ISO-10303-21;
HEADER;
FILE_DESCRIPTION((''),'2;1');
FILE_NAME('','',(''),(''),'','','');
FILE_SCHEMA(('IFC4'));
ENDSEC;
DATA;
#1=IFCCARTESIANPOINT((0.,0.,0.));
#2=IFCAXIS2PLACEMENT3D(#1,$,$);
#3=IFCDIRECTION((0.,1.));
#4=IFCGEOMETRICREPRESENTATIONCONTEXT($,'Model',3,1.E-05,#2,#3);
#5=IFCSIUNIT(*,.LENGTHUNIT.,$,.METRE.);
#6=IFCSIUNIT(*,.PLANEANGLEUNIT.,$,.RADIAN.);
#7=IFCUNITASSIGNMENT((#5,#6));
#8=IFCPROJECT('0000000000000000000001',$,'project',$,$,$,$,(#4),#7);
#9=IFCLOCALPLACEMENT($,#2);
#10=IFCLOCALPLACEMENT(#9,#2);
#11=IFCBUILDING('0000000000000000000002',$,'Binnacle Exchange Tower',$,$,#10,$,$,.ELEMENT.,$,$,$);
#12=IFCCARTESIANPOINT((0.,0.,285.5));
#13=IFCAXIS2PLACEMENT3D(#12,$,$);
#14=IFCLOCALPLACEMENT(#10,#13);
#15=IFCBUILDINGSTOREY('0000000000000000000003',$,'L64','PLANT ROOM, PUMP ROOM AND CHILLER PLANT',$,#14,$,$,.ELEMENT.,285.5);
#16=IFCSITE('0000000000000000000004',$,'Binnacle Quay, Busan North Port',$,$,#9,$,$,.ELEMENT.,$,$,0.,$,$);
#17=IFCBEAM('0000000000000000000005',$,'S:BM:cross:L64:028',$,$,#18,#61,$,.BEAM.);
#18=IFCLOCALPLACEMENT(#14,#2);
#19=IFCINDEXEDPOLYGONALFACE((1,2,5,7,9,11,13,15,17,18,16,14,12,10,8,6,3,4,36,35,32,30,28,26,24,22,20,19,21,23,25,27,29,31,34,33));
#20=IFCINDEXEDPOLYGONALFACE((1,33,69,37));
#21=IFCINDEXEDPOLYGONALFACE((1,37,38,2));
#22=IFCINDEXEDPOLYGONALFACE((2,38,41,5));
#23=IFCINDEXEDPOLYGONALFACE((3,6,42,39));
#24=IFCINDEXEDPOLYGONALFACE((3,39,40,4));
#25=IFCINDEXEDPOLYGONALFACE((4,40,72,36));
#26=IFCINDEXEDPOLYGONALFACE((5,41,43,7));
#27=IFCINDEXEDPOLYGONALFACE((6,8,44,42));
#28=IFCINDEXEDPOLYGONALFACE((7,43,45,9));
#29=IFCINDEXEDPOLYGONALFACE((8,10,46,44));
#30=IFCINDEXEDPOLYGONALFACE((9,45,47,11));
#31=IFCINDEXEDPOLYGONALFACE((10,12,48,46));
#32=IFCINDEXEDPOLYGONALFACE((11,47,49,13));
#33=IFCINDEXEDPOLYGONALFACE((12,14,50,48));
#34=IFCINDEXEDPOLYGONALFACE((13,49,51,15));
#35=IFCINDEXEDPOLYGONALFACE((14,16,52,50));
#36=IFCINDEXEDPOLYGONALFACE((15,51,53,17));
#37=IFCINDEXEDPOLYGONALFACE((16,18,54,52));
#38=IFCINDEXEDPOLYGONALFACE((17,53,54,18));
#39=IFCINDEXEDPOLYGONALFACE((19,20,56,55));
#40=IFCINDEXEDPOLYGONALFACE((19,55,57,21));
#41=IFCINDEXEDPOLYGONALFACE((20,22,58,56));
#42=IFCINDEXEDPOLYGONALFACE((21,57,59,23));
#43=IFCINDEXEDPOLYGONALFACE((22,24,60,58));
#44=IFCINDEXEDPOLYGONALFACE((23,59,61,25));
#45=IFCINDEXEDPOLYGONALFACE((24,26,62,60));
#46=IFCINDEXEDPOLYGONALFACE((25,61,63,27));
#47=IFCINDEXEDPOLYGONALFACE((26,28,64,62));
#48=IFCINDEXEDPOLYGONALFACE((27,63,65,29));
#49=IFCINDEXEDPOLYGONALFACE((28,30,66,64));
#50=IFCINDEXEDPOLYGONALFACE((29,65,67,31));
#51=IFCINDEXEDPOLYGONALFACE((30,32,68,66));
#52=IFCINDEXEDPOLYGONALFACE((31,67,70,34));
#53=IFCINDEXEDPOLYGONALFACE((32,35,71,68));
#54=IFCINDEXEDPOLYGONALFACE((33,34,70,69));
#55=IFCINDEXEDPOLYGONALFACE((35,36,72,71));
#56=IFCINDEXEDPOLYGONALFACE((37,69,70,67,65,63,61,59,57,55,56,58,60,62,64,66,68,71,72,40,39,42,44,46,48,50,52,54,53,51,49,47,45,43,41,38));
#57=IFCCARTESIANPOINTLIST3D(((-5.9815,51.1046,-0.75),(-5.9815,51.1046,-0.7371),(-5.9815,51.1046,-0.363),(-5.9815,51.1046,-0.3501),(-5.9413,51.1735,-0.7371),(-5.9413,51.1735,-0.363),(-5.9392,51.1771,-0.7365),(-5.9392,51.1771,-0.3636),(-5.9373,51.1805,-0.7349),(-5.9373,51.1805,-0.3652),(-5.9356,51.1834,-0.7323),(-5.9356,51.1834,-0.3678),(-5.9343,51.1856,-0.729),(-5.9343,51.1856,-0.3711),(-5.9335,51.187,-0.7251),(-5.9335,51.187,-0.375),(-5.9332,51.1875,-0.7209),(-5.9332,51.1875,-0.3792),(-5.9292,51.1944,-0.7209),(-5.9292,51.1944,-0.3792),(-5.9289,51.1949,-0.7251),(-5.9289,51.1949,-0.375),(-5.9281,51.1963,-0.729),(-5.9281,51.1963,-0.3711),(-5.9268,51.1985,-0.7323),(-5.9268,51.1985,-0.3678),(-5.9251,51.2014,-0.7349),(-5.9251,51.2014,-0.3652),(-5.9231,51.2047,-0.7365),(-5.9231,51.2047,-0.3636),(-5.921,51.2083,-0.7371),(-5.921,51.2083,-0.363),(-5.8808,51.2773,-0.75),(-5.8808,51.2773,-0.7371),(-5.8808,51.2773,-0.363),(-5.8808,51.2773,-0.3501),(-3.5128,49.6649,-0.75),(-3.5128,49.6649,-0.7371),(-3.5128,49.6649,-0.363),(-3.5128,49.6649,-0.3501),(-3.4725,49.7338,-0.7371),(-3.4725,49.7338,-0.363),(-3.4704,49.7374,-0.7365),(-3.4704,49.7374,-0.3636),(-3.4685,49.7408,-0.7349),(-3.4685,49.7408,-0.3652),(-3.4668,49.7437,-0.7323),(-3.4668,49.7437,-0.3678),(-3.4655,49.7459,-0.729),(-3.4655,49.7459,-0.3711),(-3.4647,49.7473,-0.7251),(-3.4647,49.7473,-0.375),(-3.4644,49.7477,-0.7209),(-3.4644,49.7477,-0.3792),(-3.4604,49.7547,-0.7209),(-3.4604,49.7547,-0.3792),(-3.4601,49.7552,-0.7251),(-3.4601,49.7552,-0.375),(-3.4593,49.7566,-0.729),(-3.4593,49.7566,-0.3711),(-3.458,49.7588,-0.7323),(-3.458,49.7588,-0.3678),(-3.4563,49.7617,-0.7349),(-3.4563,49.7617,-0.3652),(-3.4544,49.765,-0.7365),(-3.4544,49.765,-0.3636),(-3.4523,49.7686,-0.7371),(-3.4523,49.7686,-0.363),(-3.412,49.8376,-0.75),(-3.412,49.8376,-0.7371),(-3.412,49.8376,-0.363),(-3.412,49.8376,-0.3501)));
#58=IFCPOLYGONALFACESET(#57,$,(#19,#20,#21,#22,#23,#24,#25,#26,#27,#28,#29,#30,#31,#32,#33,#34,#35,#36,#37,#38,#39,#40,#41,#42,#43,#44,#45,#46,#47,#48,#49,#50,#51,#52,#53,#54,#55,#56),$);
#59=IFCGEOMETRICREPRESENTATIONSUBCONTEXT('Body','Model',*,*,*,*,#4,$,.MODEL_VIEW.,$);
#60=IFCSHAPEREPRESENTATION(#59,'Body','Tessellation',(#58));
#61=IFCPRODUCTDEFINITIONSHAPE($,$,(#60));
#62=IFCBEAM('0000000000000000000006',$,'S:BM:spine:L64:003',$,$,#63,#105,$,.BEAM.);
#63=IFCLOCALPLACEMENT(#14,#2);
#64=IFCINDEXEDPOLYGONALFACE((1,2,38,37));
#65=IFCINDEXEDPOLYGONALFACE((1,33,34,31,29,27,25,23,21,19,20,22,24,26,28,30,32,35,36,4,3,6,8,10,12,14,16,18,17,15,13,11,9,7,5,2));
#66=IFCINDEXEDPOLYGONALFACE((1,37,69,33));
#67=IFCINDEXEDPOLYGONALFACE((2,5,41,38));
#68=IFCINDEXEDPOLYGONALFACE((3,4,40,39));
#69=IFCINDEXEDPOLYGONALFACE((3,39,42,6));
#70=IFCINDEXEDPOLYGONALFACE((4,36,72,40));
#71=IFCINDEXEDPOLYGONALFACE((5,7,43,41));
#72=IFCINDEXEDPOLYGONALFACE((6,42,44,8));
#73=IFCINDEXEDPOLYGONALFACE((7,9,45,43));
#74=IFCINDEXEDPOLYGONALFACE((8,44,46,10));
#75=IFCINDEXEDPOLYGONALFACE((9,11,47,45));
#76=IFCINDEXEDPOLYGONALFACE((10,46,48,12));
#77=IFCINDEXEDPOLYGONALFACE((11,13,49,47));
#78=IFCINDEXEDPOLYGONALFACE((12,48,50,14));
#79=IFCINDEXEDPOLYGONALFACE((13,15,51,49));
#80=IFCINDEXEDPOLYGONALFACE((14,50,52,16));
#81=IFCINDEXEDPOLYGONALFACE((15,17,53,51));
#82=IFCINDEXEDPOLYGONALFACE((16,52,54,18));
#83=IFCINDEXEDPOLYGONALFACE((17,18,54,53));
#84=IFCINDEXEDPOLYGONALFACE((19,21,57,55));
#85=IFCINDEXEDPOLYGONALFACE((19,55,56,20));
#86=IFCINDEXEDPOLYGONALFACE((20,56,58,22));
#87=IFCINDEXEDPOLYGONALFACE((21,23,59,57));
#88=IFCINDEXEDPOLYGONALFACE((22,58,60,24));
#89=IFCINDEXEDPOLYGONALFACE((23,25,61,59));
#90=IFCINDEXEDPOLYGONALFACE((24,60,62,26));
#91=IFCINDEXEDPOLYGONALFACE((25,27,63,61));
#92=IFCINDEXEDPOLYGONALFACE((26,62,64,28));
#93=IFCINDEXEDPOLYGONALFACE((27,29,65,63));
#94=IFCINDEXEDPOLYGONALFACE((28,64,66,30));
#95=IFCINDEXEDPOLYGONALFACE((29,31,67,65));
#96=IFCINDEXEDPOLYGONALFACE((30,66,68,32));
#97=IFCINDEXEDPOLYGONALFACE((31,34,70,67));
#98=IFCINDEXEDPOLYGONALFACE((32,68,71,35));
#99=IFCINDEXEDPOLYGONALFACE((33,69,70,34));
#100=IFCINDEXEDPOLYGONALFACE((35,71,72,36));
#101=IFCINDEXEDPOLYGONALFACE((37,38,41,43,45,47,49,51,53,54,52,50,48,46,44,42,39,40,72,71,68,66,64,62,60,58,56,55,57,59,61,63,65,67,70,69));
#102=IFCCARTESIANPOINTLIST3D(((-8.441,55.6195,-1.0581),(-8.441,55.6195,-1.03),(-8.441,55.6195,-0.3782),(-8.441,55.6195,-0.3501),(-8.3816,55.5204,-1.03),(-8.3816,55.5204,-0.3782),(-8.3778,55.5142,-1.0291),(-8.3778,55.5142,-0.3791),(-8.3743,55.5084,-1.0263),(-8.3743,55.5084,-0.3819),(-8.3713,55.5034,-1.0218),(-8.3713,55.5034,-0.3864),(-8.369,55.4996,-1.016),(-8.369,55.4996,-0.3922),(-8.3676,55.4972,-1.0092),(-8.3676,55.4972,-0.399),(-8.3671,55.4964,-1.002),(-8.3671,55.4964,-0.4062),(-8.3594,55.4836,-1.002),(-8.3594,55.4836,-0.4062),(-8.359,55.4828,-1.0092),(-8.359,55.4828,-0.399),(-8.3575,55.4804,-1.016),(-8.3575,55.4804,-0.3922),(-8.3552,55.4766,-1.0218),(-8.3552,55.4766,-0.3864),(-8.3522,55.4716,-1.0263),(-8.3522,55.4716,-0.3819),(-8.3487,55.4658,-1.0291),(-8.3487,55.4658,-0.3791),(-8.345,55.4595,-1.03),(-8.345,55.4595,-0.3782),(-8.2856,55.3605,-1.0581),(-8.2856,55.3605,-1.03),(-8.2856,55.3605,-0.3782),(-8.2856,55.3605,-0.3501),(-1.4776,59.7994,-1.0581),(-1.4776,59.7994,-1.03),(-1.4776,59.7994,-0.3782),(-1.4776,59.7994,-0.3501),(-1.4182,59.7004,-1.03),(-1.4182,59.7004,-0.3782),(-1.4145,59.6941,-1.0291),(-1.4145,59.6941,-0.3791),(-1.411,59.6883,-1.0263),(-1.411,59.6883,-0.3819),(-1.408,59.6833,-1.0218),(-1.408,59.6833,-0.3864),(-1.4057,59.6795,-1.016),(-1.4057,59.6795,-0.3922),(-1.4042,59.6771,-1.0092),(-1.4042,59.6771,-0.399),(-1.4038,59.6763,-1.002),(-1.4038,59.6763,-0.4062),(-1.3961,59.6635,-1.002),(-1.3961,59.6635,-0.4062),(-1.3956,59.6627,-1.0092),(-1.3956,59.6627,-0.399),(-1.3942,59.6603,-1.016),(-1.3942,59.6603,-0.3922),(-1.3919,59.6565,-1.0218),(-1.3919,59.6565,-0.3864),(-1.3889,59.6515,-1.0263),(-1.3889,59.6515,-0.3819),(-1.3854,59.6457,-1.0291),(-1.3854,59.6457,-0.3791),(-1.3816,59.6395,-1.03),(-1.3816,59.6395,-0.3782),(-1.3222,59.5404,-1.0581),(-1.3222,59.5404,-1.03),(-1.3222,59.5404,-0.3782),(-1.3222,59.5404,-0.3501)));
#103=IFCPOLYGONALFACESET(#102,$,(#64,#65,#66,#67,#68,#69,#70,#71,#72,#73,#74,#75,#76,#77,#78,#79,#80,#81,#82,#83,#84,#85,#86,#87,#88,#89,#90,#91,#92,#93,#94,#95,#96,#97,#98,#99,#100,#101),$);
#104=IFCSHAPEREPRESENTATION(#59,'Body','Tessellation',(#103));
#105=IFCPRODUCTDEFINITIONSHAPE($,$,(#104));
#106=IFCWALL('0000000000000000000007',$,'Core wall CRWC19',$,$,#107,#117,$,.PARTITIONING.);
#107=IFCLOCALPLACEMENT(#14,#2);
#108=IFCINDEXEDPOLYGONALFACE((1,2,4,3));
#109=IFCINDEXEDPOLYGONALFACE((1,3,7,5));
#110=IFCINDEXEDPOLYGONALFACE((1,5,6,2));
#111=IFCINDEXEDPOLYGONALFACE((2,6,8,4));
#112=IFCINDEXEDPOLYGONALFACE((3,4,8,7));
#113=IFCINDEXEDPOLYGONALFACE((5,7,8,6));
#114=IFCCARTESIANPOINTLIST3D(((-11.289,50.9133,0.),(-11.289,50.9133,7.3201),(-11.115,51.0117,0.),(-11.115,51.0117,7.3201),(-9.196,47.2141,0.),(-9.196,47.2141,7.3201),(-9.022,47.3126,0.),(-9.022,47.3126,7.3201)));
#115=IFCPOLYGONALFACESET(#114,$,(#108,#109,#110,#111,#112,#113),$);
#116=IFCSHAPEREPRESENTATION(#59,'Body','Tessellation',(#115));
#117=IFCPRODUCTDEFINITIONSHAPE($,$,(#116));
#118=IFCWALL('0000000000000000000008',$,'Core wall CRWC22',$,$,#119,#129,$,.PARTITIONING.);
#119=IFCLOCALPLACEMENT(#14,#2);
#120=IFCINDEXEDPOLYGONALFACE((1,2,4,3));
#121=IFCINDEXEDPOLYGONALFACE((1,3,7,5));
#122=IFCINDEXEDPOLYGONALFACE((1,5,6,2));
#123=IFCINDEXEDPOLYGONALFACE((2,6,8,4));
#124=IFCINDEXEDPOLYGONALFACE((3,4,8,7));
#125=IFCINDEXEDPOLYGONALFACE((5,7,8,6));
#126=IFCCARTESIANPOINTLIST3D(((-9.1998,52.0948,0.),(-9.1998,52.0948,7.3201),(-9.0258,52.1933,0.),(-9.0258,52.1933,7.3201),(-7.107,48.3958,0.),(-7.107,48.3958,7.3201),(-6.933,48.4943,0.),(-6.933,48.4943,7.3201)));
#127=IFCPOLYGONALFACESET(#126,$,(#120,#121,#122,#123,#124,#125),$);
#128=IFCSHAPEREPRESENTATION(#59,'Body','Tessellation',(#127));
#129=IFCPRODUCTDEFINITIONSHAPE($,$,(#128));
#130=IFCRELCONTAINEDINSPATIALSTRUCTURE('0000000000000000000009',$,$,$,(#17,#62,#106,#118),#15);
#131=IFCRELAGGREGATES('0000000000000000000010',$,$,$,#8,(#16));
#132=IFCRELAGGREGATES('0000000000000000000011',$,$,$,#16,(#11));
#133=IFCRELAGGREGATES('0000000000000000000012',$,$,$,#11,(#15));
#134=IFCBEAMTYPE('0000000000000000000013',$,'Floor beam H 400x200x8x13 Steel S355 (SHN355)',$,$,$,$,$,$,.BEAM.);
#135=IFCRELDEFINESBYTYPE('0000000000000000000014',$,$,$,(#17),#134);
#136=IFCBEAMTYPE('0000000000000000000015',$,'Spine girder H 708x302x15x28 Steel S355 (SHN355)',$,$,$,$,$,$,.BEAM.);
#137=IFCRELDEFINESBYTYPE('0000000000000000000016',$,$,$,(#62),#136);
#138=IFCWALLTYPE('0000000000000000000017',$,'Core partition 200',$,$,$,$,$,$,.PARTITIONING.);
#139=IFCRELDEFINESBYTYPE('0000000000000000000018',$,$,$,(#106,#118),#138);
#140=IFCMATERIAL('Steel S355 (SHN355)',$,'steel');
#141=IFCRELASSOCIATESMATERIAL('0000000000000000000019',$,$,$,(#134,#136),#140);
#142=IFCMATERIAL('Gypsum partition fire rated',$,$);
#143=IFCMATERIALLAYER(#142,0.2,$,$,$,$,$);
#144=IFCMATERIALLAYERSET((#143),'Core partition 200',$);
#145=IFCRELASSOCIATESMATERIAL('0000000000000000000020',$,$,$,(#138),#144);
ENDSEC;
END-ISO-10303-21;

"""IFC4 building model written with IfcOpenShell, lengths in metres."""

from ifc_helpers import new_model, si_unit, direction, frame, frame_2d, origin, origin_2d, place, context, subcontext, project, spatial, rectangle, i_section, extrude, material, layer, layer_set, material_profile, profile_set, type_object, element, save


model = new_model("IFC4")

# Units and contexts
model_context = context("Model", 3, precision=1e-05, world=origin(), true_north=direction((0.0, 1.0)))
body_context = subcontext(model_context, "Body", "Model", "MODEL_VIEW")
ifc_project = project(units=[si_unit("LENGTHUNIT", "METRE"), si_unit("PLANEANGLEUNIT", "RADIAN")], contexts=[model_context])

# Site, building, storey
site_placement = place(None, origin())
site = spatial("IfcSite", under=ifc_project, at=site_placement, Name="Binnacle Quay, Busan North Port", CompositionType="ELEMENT", RefElevation=0.0)
building_placement = place(site_placement, origin())
building = spatial("IfcBuilding", under=site, at=building_placement, Name="Binnacle Exchange Tower", CompositionType="ELEMENT")
storey_placement = place(building_placement, frame((0.0, 0.0, 285.5)))
storey = spatial("IfcBuildingStorey", under=building, at=storey_placement, Name="L64", Description="PLANT ROOM, PUMP ROOM AND CHILLER PLANT", CompositionType="ELEMENT", Elevation=285.5)

# Beams
ifc_material_1 = material(Name="Steel S355 (SHN355)", Category="steel")
ifc_material_profile_1 = material_profile(ifc_material_1, i_section(OverallWidth=0.2, OverallDepth=0.3999, WebThickness=0.0081, FlangeThickness=0.0129, FilletRadius=0.0161, at=origin_2d()), Name="H 400x200x8x13")
ifc_profile_set_1 = profile_set([ifc_material_profile_1], Name="Steel S355 (SHN355)")
beam_type_1 = type_object("IfcBeamType", Name="Floor beam H 400x200x8x13 Steel S355 (SHN355)", PredefinedType="BEAM", material=ifc_profile_set_1)
beam_1_placement = place(storey_placement, frame((-3.4624, 49.7512, -0.55), z_axis=(-0.863841, 0.503765, 0.0), x_axis=(-0.503765, -0.863841, 0.0)))
element("IfcBeam", 1, at=beam_1_placement, inside=storey, type_object=beam_type_1, Name="S:BM:cross:L64:028", PredefinedType="BEAM", context=body_context, shape_type="SweptSolid", body=[
    extrude(i_section(OverallWidth=0.2, OverallDepth=0.3999, WebThickness=0.0081, FlangeThickness=0.0129, FilletRadius=0.0161, at=origin_2d()), origin(), (0.0, 0.0, 1.0), 2.8579),
])
ifc_material_profile_2 = material_profile(ifc_material_1, i_section(OverallWidth=0.302, OverallDepth=0.708, WebThickness=0.0149, FlangeThickness=0.0281, FilletRadius=0.0281, at=origin_2d()), Name="H 708x302x15x28")
ifc_profile_set_2 = profile_set([ifc_material_profile_2], Name="Steel S355 (SHN355)")
beam_type_2 = type_object("IfcBeamType", Name="Spine girder H 708x302x15x28 Steel S355 (SHN355)", PredefinedType="BEAM", material=ifc_profile_set_2)
beam_2_placement = place(storey_placement, frame((-8.3633, 55.49, -0.7041), z_axis=(0.857389, 0.514668, 0.0), x_axis=(-0.514668, 0.857389, 0.0)))
element("IfcBeam", 2, at=beam_2_placement, inside=storey, type_object=beam_type_2, Name="S:BM:spine:L64:003", PredefinedType="BEAM", context=body_context, shape_type="SweptSolid", body=[
    extrude(i_section(OverallWidth=0.302, OverallDepth=0.708, WebThickness=0.0149, FlangeThickness=0.0281, FilletRadius=0.0281, at=origin_2d()), origin(), (0.0, 0.0, 1.0), 8.1216),
])

# Walls
ifc_material_2 = material(Name="Gypsum partition fire rated")
ifc_layer_1 = layer(ifc_material_2, 0.2)
ifc_layer_set_1 = layer_set([ifc_layer_1], Name="Core partition 200")
wall_type_1 = type_object("IfcWallType", Name="Core partition 200", PredefinedType="PARTITIONING", material=ifc_layer_set_1)
wall_1_placement = place(storey_placement, frame((-11.2019, 50.9624, 0.0), z_axis=(0.0, 0.0, 1.0), x_axis=(0.492441, -0.870346, 0.0)))
element("IfcWall", 3, at=wall_1_placement, inside=storey, type_object=wall_type_1, Name="Core wall CRWC19", PredefinedType="PARTITIONING", context=body_context, shape_type="SweptSolid", body=[
    extrude(rectangle(XDim=4.2502, YDim=0.2, at=frame_2d((2.125, 0.0))), origin(), (0.0, 0.0, 1.0), 7.3201),
])
wall_2_placement = place(storey_placement, frame((-9.1128, 52.144, 0.0), z_axis=(0.0, 0.0, 1.0), x_axis=(0.492423, -0.870356, 0.0)))
element("IfcWall", 4, at=wall_2_placement, inside=storey, type_object=wall_type_1, Name="Core wall CRWC22", PredefinedType="PARTITIONING", context=body_context, shape_type="SweptSolid", body=[
    extrude(rectangle(XDim=4.25, YDim=0.2, at=frame_2d((2.125, 0.0))), origin(), (0.0, 0.0, 1.0), 7.3201),
])

save(model, "model.ifc")
